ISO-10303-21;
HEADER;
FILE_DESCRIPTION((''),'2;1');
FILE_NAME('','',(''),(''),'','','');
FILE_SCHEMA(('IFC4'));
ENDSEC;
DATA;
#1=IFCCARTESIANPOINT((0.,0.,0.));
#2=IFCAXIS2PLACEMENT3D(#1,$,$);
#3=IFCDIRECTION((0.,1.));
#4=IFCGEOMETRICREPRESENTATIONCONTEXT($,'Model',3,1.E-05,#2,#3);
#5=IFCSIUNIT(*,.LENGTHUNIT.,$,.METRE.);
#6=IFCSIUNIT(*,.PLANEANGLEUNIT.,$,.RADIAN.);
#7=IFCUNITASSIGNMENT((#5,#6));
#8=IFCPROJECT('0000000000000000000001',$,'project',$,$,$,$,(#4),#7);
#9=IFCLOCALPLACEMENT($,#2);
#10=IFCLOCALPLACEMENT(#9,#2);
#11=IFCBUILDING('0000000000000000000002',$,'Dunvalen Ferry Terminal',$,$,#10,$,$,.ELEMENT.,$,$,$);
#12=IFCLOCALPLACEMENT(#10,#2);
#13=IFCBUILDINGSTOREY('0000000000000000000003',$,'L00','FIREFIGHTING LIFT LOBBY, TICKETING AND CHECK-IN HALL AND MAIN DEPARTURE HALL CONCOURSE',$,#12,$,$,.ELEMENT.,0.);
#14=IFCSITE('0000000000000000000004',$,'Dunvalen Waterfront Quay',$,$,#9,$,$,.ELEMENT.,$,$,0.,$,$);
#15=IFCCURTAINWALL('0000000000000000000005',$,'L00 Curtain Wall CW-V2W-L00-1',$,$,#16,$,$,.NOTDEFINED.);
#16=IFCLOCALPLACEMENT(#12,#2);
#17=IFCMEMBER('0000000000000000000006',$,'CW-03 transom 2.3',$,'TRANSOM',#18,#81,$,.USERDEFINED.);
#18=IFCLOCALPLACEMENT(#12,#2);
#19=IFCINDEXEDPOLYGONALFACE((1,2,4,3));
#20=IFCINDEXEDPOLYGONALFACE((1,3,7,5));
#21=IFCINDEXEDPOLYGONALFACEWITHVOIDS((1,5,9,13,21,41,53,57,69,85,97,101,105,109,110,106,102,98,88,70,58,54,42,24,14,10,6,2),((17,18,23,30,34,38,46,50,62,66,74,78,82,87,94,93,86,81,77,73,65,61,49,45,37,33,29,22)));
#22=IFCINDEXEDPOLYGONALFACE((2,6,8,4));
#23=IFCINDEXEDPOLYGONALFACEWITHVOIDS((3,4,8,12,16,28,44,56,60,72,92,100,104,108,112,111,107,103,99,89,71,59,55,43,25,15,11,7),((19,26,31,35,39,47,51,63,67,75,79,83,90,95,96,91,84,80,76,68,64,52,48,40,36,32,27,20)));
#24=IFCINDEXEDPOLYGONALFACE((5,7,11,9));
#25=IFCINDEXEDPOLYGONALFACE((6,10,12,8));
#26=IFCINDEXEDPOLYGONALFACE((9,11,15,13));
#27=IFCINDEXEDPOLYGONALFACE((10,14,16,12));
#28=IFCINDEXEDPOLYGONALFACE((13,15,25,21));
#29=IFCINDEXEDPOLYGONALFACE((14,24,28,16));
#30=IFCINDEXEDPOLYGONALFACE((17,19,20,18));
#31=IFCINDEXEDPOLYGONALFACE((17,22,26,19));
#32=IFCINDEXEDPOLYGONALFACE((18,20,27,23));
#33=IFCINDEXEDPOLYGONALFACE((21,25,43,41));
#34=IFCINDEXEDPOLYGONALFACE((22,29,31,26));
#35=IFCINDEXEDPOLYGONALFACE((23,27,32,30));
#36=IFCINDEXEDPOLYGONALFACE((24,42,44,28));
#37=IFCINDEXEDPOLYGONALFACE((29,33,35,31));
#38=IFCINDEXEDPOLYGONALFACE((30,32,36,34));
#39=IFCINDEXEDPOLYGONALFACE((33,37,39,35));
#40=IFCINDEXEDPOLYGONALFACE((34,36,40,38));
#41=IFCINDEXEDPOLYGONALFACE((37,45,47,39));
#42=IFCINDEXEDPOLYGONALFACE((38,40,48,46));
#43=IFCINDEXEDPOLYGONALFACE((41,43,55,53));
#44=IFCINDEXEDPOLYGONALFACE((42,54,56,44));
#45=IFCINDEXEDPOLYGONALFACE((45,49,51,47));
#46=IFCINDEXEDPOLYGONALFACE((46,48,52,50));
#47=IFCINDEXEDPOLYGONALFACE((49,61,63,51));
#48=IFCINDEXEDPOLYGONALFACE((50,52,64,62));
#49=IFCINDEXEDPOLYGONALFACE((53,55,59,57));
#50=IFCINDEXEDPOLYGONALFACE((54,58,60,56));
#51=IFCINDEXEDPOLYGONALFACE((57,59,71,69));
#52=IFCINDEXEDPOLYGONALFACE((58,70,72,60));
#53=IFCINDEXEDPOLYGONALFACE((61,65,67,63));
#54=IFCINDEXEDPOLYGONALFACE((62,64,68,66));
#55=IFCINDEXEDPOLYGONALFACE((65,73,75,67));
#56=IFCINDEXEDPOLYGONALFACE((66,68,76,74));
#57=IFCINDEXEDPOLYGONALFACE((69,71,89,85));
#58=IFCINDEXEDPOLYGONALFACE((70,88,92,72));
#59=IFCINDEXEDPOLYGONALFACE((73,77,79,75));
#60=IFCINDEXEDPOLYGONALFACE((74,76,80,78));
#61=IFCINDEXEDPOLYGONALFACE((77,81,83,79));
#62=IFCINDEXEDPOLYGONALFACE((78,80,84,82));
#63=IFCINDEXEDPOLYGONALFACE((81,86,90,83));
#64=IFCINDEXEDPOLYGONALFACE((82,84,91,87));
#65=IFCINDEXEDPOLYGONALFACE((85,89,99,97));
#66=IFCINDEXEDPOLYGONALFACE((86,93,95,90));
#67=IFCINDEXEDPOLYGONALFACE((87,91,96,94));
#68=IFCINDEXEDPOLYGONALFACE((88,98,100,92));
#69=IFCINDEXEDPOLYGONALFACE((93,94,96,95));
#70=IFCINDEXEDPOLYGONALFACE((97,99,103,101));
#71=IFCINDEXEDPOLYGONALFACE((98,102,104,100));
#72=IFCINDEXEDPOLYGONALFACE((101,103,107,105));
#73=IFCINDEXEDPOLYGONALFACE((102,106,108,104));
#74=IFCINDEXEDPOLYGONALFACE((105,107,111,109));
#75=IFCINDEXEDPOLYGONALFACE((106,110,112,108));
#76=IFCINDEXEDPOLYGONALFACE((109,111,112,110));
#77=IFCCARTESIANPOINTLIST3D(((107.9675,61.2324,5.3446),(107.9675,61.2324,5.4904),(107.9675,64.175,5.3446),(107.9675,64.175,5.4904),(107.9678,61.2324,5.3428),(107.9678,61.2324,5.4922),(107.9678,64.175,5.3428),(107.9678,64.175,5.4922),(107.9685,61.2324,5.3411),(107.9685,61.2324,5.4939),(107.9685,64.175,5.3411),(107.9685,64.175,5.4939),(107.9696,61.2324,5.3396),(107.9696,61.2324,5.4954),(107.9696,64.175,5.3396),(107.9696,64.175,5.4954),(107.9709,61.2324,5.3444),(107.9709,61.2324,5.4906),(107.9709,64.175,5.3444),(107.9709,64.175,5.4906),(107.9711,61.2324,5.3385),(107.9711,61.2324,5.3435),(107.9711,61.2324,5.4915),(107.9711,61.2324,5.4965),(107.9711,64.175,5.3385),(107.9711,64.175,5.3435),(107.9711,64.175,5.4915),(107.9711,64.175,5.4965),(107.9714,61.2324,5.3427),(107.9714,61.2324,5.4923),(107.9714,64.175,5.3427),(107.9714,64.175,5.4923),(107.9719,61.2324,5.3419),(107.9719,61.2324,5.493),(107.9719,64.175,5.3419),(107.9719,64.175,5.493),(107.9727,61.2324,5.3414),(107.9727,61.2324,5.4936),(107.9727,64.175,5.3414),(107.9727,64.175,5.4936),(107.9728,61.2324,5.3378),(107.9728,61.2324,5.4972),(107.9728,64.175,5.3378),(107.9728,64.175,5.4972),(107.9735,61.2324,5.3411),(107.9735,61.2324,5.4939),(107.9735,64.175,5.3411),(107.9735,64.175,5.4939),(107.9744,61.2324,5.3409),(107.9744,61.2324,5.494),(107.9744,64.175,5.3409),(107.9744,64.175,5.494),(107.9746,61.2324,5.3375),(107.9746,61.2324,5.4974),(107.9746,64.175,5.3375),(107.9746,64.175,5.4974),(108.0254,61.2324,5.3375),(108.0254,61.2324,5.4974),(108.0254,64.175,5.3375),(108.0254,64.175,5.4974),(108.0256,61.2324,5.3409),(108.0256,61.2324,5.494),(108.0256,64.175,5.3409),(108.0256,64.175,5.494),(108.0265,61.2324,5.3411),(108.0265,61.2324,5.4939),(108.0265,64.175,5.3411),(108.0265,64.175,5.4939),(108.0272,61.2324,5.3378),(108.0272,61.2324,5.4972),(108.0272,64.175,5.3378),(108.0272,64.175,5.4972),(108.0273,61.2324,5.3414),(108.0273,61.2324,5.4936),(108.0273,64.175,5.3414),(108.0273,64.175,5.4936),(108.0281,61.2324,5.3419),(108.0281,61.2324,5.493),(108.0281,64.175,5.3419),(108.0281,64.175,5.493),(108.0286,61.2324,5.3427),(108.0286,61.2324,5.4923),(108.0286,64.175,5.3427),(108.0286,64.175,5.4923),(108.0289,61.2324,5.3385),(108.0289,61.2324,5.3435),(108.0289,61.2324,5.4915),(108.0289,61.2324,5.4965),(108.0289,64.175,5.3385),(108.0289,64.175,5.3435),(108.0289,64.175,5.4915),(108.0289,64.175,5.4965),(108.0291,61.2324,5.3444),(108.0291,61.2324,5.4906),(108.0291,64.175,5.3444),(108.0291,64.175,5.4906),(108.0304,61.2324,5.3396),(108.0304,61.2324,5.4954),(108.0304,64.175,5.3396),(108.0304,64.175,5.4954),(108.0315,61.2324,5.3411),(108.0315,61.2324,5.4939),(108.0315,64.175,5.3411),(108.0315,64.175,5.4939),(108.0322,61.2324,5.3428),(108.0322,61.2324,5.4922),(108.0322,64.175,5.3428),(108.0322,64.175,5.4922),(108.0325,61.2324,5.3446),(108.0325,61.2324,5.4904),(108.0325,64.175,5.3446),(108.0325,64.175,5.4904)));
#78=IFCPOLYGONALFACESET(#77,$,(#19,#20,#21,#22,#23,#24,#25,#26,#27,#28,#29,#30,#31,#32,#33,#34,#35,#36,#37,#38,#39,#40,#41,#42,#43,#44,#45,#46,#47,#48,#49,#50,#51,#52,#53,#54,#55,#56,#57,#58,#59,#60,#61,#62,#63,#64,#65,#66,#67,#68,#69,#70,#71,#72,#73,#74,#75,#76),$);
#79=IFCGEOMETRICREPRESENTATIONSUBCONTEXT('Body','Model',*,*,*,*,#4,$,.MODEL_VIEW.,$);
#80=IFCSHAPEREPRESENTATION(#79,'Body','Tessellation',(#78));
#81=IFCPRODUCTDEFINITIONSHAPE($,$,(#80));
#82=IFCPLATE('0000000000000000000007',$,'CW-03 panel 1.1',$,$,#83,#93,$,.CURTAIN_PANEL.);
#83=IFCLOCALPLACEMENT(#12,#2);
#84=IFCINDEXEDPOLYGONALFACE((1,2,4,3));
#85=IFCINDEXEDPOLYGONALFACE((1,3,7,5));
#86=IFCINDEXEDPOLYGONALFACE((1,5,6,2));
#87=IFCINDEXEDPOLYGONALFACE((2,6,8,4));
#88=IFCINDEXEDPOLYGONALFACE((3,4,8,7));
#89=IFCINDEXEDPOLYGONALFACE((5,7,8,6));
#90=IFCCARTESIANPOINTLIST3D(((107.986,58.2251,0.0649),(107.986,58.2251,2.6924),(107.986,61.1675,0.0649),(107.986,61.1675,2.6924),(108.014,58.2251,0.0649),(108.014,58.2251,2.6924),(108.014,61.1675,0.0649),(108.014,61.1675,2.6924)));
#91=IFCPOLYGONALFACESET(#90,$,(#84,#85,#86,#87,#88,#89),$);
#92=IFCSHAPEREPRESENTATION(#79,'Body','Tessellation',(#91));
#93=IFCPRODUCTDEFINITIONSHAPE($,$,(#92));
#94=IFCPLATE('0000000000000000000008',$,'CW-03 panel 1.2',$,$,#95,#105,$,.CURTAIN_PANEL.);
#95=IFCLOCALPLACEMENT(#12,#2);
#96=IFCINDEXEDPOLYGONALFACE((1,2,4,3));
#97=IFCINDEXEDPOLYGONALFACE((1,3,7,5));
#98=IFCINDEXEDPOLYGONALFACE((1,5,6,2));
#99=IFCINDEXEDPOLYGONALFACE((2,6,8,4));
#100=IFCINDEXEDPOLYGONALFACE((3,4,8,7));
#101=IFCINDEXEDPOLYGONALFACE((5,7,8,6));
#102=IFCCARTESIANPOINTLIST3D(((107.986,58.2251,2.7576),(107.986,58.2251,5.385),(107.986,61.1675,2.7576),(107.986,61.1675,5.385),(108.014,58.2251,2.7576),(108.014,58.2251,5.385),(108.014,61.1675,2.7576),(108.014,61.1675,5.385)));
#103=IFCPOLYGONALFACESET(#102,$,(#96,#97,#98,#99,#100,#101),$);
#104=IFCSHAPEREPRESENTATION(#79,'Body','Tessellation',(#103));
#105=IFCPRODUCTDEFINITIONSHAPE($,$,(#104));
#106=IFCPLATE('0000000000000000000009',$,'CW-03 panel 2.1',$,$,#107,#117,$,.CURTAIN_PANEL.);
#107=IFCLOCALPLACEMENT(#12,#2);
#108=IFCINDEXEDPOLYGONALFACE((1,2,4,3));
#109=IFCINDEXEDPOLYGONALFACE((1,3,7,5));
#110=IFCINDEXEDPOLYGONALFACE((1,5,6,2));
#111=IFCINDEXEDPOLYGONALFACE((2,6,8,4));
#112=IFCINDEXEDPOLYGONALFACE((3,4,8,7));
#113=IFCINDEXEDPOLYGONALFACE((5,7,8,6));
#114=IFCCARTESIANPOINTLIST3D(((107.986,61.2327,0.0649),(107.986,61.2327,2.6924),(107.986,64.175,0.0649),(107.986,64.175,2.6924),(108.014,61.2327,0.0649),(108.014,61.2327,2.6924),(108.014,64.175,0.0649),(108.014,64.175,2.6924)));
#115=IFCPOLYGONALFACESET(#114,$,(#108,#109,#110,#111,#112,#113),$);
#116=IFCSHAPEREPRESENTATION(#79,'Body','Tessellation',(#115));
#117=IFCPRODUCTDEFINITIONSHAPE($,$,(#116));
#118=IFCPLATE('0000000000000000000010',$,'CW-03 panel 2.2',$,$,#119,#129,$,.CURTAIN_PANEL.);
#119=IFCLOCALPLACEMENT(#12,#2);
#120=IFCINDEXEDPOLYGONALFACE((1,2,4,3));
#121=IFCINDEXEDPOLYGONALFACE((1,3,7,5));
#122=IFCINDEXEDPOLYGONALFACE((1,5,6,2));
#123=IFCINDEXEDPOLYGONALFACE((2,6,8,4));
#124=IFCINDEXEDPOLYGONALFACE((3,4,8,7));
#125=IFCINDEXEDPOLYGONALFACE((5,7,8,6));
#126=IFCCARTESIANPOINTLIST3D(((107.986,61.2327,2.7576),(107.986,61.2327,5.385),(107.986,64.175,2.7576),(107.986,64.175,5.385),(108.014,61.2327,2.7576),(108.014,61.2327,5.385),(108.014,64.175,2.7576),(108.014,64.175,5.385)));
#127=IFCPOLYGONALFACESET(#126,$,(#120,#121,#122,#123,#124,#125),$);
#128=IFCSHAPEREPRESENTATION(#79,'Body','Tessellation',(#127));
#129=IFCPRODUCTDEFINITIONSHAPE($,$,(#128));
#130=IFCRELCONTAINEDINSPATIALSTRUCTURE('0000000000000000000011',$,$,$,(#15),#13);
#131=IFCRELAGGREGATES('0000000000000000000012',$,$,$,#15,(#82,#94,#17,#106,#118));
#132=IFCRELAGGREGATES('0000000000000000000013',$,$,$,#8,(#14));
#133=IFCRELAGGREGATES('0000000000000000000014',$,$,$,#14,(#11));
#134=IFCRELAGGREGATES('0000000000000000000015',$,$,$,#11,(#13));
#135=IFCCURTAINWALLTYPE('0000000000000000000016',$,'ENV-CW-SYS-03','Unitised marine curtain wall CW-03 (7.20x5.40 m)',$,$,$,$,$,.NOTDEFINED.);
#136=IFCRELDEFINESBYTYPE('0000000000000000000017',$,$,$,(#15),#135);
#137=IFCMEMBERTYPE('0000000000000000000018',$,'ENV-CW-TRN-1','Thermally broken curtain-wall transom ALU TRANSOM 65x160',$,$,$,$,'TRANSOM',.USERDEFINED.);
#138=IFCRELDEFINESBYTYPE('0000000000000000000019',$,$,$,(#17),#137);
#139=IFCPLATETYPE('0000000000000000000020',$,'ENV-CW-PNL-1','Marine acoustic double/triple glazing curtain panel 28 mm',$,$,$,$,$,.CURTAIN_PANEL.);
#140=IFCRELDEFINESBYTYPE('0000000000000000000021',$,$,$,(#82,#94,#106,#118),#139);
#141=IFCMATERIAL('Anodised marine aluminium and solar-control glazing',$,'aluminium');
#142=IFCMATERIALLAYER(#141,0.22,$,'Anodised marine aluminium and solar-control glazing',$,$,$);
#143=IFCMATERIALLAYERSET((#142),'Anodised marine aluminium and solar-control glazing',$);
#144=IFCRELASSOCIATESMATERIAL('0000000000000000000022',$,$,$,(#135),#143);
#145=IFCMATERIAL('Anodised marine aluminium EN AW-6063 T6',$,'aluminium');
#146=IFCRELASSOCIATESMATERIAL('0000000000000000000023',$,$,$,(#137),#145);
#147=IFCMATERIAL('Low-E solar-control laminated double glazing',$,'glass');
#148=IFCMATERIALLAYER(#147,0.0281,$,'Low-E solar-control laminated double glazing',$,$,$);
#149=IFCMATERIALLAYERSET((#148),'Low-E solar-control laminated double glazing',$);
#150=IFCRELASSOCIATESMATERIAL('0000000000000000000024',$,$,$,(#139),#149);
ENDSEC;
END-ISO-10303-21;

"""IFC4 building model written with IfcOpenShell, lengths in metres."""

from ifc_helpers import new_model, si_unit, direction, frame, origin, origin_2d, place, context, subcontext, project, spatial, rectangle, hollow_rectangle, extrude, material, layer, layer_set, material_profile, profile_set, type_object, element, aggregate, save


model = new_model("IFC4")

# Units and contexts
model_context = context("Model", 3, precision=1e-05, world=origin(), true_north=direction((0.0, 1.0)))
body_context = subcontext(model_context, "Body", "Model", "MODEL_VIEW")
ifc_project = project(units=[si_unit("LENGTHUNIT", "METRE"), si_unit("PLANEANGLEUNIT", "RADIAN")], contexts=[model_context])

# Site, building, storey
site_placement = place(None, origin())
site = spatial("IfcSite", under=ifc_project, at=site_placement, Name="Dunvalen Waterfront Quay", CompositionType="ELEMENT", RefElevation=0.0)
building_placement = place(site_placement, origin())
building = spatial("IfcBuilding", under=site, at=building_placement, Name="Dunvalen Ferry Terminal", CompositionType="ELEMENT")
storey_placement = place(building_placement, origin())
storey = spatial("IfcBuildingStorey", under=building, at=storey_placement, Name="L00", Description="FIREFIGHTING LIFT LOBBY, TICKETING AND CHECK-IN HALL AND MAIN DEPARTURE HALL CONCOURSE", CompositionType="ELEMENT", Elevation=0.0)

# Shared definitions
ifc_material_1 = material(Name="Anodised marine aluminium and solar-control glazing", Category="aluminium")
ifc_material_2 = material(Name="Anodised marine aluminium EN AW-6063 T6", Category="aluminium")

# Curtain wall
ifc_layer_1 = layer(ifc_material_1, 0.22, Name="Anodised marine aluminium and solar-control glazing")
ifc_layer_set_1 = layer_set([ifc_layer_1], Name="Anodised marine aluminium and solar-control glazing")
curtain_wall_type_1 = type_object("IfcCurtainWallType", Name="ENV-CW-SYS-03", Description="Unitised marine curtain wall CW-03 (7.20x5.40 m)", PredefinedType="NOTDEFINED", material=ifc_layer_set_1)
curtain_wall_1_placement = place(storey_placement, origin())
curtain_wall_1 = element("IfcCurtainWall", 1, at=curtain_wall_1_placement, inside=storey, type_object=curtain_wall_type_1, Name="L00 Curtain Wall CW-V2W-L00-1", PredefinedType="NOTDEFINED")

# Member
ifc_material_profile_1 = material_profile(ifc_material_2, hollow_rectangle(XDim=0.0649, YDim=0.1599, WallThickness=0.0034, InnerFilletRadius=0.0034, OuterFilletRadius=0.0071, at=origin_2d()), Name="Anodised marine aluminium EN AW-6063 T6")
ifc_profile_set_1 = profile_set([ifc_material_profile_1], Name="Anodised marine aluminium EN AW-6063 T6")
member_type_1 = type_object("IfcMemberType", Name="ENV-CW-TRN-1", Description="Thermally broken curtain-wall transom ALU TRANSOM 65x160", ElementType="TRANSOM", PredefinedType="USERDEFINED", material=ifc_profile_set_1)
member_1_placement = place(storey_placement, frame((108.0, 61.2324, 5.4175), z_axis=(0.0, 1.0, 0.0), x_axis=(-1.0, 0.0, 0.0)))
member_1 = element("IfcMember", 2, at=member_1_placement, type_object=member_type_1, Name="CW-03 transom 2.3", ObjectType="TRANSOM", PredefinedType="USERDEFINED", context=body_context, shape_type="SweptSolid", body=[
    extrude(hollow_rectangle(XDim=0.0649, YDim=0.1599, WallThickness=0.0034, InnerFilletRadius=0.0034, OuterFilletRadius=0.0071, at=origin_2d()), origin(), (0.0, 0.0, 1.0), 2.9426),
])

# Plates
ifc_material_3 = material(Name="Low-E solar-control laminated double glazing", Category="glass")
ifc_layer_2 = layer(ifc_material_3, 0.0281, Name="Low-E solar-control laminated double glazing")
ifc_layer_set_2 = layer_set([ifc_layer_2], Name="Low-E solar-control laminated double glazing")
plate_type = type_object("IfcPlateType", Name="ENV-CW-PNL-1", Description="Marine acoustic double/triple glazing curtain panel 28 mm", PredefinedType="CURTAIN_PANEL", material=ifc_layer_set_2)
plate_1_placement = place(storey_placement, frame((108.0, 59.6963, 0.0649), z_axis=(0.0, 0.0, 1.0), x_axis=(0.0, 1.0, 0.0)))
plate_1 = element("IfcPlate", 3, at=plate_1_placement, type_object=plate_type, Name="CW-03 panel 1.1", PredefinedType="CURTAIN_PANEL", context=body_context, shape_type="SweptSolid", body=[
    extrude(rectangle(XDim=2.9424, YDim=0.0281, at=origin_2d()), origin(), (0.0, 0.0, 1.0), 2.6274),
])
plate_2_placement = place(storey_placement, frame((108.0, 59.6963, 2.7576), z_axis=(0.0, 0.0, 1.0), x_axis=(0.0, 1.0, 0.0)))
plate_2 = element("IfcPlate", 4, at=plate_2_placement, type_object=plate_type, Name="CW-03 panel 1.2", PredefinedType="CURTAIN_PANEL", context=body_context, shape_type="SweptSolid", body=[
    extrude(rectangle(XDim=2.9424, YDim=0.0281, at=origin_2d()), origin(), (0.0, 0.0, 1.0), 2.6274),
])
plate_3_placement = place(storey_placement, frame((108.0, 62.7039, 0.0649), z_axis=(0.0, 0.0, 1.0), x_axis=(0.0, 1.0, 0.0)))
plate_3 = element("IfcPlate", 5, at=plate_3_placement, type_object=plate_type, Name="CW-03 panel 2.1", PredefinedType="CURTAIN_PANEL", context=body_context, shape_type="SweptSolid", body=[
    extrude(rectangle(XDim=2.9424, YDim=0.0281, at=origin_2d()), origin(), (0.0, 0.0, 1.0), 2.6274),
])
plate_4_placement = place(storey_placement, frame((108.0, 62.7039, 2.7576), z_axis=(0.0, 0.0, 1.0), x_axis=(0.0, 1.0, 0.0)))
plate_4 = element("IfcPlate", 6, at=plate_4_placement, type_object=plate_type, Name="CW-03 panel 2.2", PredefinedType="CURTAIN_PANEL", context=body_context, shape_type="SweptSolid", body=[
    extrude(rectangle(XDim=2.9424, YDim=0.0281, at=origin_2d()), origin(), (0.0, 0.0, 1.0), 2.6274),
])
aggregate(curtain_wall_1, [plate_1, plate_2, member_1, plate_3, plate_4])

save(model, "model.ifc")
